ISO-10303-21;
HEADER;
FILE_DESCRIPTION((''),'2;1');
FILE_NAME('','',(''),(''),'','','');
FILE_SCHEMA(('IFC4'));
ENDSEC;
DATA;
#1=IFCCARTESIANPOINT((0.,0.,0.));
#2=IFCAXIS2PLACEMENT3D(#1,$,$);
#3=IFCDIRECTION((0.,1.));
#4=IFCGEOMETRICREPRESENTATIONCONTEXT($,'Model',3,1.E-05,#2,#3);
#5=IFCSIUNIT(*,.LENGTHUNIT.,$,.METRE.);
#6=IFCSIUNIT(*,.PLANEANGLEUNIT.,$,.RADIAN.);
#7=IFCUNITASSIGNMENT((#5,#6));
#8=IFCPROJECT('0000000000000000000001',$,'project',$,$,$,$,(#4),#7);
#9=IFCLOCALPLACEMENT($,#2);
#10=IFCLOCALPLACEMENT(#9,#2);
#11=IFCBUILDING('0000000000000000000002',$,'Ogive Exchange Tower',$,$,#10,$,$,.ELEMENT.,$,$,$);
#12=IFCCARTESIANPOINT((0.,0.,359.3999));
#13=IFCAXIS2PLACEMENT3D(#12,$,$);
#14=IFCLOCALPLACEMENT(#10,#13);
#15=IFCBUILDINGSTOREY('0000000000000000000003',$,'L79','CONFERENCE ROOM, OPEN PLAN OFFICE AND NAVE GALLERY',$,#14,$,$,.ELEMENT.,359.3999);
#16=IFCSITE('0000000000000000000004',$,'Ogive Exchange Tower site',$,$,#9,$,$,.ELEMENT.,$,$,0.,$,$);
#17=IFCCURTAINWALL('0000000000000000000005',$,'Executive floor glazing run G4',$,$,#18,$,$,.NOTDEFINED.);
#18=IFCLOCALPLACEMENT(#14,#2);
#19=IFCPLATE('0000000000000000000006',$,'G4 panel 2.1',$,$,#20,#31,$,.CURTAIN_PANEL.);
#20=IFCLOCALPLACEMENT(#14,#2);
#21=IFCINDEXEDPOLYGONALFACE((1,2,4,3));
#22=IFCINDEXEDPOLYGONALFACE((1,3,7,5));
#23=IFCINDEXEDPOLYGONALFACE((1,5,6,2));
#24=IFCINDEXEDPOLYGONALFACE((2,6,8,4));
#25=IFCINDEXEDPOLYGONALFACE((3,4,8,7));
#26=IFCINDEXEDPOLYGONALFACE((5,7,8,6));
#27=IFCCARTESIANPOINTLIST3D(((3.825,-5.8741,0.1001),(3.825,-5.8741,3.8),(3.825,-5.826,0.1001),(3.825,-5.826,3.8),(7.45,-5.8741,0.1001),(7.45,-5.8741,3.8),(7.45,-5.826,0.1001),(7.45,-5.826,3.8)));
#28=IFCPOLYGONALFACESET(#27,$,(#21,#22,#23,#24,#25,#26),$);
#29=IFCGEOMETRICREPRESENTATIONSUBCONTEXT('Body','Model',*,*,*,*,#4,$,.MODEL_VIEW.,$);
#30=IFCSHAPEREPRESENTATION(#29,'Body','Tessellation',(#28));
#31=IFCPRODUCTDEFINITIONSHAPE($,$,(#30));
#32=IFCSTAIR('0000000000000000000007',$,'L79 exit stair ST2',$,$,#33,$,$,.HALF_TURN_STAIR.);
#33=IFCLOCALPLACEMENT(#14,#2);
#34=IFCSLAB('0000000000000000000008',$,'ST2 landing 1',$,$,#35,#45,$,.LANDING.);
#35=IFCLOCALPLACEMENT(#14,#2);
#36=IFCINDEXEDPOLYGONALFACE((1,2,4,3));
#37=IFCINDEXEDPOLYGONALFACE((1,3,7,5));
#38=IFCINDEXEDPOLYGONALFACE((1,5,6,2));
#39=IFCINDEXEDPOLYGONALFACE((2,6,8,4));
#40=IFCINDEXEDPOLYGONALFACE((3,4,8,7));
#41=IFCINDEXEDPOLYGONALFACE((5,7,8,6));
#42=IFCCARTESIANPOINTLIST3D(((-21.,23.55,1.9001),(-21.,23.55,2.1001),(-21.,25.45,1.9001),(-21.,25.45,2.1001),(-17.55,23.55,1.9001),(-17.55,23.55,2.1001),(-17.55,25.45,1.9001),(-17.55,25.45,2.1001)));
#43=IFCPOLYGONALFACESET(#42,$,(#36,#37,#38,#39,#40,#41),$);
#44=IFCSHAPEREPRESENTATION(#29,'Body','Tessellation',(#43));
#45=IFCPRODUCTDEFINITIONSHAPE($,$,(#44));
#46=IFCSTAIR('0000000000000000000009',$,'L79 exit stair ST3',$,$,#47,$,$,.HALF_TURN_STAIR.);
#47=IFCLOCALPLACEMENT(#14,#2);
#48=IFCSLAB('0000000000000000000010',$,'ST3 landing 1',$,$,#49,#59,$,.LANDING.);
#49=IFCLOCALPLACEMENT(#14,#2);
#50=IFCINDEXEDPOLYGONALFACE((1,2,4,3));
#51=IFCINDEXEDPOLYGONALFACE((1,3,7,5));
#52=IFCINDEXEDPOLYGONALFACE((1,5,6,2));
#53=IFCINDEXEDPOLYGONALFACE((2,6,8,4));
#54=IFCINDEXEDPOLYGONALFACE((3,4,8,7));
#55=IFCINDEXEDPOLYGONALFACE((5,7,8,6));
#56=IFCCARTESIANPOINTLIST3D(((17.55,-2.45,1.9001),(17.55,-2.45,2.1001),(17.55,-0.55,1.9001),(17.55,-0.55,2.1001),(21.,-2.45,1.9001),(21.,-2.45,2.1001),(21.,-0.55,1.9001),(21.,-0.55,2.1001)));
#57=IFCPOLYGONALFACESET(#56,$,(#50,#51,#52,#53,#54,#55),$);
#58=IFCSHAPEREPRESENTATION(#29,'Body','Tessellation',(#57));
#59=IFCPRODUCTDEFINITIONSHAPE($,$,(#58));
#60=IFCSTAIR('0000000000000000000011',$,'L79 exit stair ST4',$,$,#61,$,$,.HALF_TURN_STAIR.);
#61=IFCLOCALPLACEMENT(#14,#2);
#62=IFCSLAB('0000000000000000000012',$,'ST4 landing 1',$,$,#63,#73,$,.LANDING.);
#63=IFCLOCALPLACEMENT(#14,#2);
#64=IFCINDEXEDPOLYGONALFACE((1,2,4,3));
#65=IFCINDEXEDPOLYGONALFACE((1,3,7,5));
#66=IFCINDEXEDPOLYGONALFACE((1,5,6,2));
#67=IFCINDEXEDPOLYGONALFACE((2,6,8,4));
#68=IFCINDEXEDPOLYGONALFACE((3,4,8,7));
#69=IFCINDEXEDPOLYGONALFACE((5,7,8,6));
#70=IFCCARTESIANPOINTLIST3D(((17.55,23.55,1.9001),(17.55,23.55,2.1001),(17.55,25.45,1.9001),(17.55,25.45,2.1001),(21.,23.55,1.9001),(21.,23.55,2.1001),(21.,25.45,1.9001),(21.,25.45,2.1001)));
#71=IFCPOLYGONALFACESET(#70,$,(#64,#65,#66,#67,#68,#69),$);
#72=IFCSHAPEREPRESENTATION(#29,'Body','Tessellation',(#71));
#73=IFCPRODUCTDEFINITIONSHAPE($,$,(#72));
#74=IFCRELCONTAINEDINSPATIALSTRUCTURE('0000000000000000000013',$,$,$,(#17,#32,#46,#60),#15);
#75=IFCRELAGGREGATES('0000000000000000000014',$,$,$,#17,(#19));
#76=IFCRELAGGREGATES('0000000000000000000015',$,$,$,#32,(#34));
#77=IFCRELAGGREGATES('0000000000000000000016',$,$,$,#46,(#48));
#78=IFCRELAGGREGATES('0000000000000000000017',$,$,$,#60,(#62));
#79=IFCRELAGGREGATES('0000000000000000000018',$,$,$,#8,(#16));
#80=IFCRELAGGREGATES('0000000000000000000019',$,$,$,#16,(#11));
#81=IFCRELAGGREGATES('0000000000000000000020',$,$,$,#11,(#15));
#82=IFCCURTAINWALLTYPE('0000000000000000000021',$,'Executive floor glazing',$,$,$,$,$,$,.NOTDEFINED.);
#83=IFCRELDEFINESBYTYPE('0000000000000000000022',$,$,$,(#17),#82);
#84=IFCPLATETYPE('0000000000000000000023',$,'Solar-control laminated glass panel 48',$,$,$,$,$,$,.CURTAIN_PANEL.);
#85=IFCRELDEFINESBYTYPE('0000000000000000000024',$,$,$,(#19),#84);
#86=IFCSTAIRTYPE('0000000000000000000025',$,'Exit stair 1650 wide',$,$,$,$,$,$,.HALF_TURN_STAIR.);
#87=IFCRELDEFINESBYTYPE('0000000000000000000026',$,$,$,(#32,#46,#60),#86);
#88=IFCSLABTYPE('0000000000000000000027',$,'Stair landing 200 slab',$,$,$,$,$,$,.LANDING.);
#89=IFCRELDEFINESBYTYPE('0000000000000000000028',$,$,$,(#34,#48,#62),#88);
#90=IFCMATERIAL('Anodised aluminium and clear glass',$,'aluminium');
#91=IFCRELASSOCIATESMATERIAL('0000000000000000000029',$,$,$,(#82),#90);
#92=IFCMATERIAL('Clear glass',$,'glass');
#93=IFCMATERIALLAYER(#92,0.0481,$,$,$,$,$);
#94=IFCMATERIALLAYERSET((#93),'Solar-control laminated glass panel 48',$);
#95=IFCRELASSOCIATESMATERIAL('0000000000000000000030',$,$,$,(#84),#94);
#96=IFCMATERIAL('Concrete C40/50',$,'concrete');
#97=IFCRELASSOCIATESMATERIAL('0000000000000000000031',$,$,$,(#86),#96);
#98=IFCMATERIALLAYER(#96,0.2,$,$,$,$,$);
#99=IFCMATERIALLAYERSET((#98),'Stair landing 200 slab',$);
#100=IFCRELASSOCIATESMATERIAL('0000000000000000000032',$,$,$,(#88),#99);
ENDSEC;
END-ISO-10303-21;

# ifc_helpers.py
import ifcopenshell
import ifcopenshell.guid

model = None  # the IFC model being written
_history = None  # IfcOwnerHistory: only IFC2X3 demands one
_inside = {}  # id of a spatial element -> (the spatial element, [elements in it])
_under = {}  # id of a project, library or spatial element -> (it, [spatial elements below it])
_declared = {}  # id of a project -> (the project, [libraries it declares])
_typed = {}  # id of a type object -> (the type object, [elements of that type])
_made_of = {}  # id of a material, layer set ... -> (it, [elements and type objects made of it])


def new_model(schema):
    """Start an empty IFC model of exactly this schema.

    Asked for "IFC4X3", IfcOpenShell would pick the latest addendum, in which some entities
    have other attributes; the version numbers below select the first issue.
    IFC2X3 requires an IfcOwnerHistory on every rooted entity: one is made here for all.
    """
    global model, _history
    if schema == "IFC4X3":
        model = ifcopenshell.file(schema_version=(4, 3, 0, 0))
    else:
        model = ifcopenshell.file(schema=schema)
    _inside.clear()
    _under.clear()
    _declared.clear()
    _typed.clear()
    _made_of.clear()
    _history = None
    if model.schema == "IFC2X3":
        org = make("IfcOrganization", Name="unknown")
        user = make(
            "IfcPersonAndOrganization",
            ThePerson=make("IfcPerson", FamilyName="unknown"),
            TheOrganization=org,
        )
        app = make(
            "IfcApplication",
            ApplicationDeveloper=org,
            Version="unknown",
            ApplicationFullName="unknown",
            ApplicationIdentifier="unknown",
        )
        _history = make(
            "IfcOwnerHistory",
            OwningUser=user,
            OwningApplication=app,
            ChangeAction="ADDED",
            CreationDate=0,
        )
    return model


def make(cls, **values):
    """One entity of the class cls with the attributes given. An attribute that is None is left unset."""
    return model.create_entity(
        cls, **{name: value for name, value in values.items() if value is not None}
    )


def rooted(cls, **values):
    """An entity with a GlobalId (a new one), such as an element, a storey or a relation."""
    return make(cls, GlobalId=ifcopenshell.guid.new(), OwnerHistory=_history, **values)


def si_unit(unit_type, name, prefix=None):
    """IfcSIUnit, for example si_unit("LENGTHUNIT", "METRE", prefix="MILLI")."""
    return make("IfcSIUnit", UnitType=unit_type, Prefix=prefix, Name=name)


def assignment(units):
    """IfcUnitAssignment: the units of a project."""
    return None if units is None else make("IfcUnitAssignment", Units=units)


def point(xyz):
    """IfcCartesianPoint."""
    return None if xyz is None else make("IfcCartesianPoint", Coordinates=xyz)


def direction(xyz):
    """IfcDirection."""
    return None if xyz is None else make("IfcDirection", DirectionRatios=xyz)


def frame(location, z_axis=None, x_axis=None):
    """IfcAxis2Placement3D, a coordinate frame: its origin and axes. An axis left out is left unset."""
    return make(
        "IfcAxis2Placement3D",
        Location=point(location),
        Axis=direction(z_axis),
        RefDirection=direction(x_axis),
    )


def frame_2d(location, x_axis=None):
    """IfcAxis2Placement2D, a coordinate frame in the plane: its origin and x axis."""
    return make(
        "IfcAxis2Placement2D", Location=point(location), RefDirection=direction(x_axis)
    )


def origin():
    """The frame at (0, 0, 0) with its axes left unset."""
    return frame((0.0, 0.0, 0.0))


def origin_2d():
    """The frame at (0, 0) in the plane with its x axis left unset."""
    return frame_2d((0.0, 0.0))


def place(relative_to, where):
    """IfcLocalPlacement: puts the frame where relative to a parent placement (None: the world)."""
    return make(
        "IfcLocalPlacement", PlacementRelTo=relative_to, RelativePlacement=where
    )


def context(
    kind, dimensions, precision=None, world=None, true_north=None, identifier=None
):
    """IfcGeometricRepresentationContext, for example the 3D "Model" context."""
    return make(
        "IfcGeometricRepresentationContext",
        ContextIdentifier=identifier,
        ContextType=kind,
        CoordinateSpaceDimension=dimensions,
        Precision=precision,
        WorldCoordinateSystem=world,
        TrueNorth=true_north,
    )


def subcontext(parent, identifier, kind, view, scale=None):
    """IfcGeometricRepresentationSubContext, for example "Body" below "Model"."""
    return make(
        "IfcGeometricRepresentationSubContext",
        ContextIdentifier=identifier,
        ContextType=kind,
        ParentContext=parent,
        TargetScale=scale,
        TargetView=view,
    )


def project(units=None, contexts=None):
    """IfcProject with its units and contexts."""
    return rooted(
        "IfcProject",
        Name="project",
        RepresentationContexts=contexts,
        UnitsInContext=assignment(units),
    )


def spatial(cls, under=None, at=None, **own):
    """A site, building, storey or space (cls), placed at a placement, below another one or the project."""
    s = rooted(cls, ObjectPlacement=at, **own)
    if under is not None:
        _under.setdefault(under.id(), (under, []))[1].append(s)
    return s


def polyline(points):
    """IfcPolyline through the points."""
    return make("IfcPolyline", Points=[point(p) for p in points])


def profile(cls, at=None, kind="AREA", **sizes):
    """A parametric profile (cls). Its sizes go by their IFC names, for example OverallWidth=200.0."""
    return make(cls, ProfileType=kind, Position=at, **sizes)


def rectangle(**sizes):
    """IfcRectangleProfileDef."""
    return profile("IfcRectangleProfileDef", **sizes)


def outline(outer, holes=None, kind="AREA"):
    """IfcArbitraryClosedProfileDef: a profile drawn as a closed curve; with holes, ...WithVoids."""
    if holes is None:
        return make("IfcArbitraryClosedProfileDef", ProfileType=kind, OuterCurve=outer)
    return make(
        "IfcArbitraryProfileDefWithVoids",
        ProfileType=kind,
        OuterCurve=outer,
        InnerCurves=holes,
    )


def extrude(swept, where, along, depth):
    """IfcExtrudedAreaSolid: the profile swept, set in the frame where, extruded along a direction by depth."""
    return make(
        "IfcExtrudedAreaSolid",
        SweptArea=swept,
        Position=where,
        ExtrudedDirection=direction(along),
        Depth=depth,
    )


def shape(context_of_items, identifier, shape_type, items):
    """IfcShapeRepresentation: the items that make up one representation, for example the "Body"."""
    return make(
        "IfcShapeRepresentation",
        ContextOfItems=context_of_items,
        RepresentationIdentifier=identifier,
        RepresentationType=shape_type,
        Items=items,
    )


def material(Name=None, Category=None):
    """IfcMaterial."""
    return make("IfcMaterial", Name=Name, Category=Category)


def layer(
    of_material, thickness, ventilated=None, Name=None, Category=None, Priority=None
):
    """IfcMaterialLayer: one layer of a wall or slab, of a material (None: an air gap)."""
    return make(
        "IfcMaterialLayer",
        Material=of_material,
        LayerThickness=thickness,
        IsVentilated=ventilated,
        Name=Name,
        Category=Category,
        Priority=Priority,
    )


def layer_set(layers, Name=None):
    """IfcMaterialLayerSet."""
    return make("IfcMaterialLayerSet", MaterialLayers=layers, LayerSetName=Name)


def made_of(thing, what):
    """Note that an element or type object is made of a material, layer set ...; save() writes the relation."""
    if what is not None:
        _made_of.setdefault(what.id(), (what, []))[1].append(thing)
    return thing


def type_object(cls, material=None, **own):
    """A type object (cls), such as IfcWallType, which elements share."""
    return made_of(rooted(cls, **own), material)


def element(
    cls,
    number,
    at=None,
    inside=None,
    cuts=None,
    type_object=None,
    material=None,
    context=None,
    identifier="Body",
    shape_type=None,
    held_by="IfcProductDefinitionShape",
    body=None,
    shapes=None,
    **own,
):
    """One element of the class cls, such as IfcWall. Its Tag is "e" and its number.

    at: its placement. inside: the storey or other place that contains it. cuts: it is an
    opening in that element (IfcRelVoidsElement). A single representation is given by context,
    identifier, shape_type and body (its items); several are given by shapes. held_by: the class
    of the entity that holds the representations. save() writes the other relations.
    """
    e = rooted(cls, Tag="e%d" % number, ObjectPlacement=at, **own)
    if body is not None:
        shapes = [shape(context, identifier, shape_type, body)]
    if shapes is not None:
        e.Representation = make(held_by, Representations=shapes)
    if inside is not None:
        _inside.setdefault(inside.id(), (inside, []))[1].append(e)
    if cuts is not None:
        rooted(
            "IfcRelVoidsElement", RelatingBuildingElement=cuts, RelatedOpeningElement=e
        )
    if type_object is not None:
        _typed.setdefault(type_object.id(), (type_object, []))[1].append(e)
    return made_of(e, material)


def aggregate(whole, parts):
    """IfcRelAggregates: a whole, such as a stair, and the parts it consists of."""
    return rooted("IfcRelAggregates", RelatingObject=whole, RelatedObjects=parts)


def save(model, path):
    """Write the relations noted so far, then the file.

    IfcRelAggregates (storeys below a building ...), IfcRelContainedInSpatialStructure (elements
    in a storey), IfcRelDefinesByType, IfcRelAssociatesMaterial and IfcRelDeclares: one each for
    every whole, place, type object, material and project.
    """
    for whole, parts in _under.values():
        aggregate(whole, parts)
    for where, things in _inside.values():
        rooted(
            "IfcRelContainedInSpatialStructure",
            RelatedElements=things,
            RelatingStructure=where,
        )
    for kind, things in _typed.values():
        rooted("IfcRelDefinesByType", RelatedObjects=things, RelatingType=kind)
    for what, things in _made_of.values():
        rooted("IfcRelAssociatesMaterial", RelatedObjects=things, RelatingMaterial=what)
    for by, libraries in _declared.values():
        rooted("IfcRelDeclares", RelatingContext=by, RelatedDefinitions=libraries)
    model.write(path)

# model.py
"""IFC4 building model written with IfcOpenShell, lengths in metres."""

from ifc_helpers import new_model, si_unit, direction, frame, origin, origin_2d, place, context, subcontext, project, spatial, polyline, rectangle, outline, extrude, material, layer, layer_set, type_object, element, aggregate, save


model = new_model("IFC4")

# Units and contexts
model_context = context("Model", 3, precision=1e-05, world=origin(), true_north=direction((0.0, 1.0)))
body_context = subcontext(model_context, "Body", "Model", "MODEL_VIEW")
ifc_project = project(units=[si_unit("LENGTHUNIT", "METRE"), si_unit("PLANEANGLEUNIT", "RADIAN")], contexts=[model_context])

# Site, building, storey
site_placement = place(None, origin())
site = spatial("IfcSite", under=ifc_project, at=site_placement, Name="Ogive Exchange Tower site", CompositionType="ELEMENT", RefElevation=0.0)
building_placement = place(site_placement, origin())
building = spatial("IfcBuilding", under=site, at=building_placement, Name="Ogive Exchange Tower", CompositionType="ELEMENT")
storey_placement = place(building_placement, frame((0.0, 0.0, 359.3999)))
storey = spatial("IfcBuildingStorey", under=building, at=storey_placement, Name="L79", Description="CONFERENCE ROOM, OPEN PLAN OFFICE AND NAVE GALLERY", CompositionType="ELEMENT", Elevation=359.3999)

# Curtain wall
ifc_material_1 = material(Name="Anodised aluminium and clear glass", Category="aluminium")
curtain_wall_type = type_object("IfcCurtainWallType", Name="Executive floor glazing", PredefinedType="NOTDEFINED", material=ifc_material_1)
curtain_wall_1_placement = place(storey_placement, origin())
curtain_wall_1 = element("IfcCurtainWall", 1, at=curtain_wall_1_placement, inside=storey, type_object=curtain_wall_type, Name="Executive floor glazing run G4", PredefinedType="NOTDEFINED")

# Plate
ifc_material_2 = material(Name="Clear glass", Category="glass")
ifc_layer_1 = layer(ifc_material_2, 0.0481)
ifc_layer_set_1 = layer_set([ifc_layer_1], Name="Solar-control laminated glass panel 48")
plate_type = type_object("IfcPlateType", Name="Solar-control laminated glass panel 48", PredefinedType="CURTAIN_PANEL", material=ifc_layer_set_1)
plate_1_placement = place(storey_placement, frame((5.6375, -5.8501, 0.1001), z_axis=(0.0, 0.0, 1.0), x_axis=(1.0, 0.0, 0.0)))
plate_1 = element("IfcPlate", 2, at=plate_1_placement, type_object=plate_type, Name="G4 panel 2.1", PredefinedType="CURTAIN_PANEL", context=body_context, shape_type="SweptSolid", body=[
    extrude(rectangle(XDim=3.625, YDim=0.0481, at=origin_2d()), origin(), (0.0, 0.0, 1.0), 3.7),
])
aggregate(curtain_wall_1, [plate_1])

# Stairs, slabs
ifc_material_3 = material(Name="Concrete C40/50", Category="concrete")
stair_type = type_object("IfcStairType", Name="Exit stair 1650 wide", PredefinedType="HALF_TURN_STAIR", material=ifc_material_3)
stair_1_placement = place(storey_placement, origin())
stair_1 = element("IfcStair", 3, at=stair_1_placement, inside=storey, type_object=stair_type, Name="L79 exit stair ST2", PredefinedType="HALF_TURN_STAIR")
ifc_layer_2 = layer(ifc_material_3, 0.2)
ifc_layer_set_2 = layer_set([ifc_layer_2], Name="Stair landing 200 slab")
slab_type = type_object("IfcSlabType", Name="Stair landing 200 slab", PredefinedType="LANDING", material=ifc_layer_set_2)
slab_1_placement = place(storey_placement, frame((0.0, 0.0, 1.9001)))
slab_1 = element("IfcSlab", 4, at=slab_1_placement, type_object=slab_type, Name="ST2 landing 1", PredefinedType="LANDING", context=body_context, shape_type="SweptSolid", body=[
    extrude(outline(polyline([(-17.55, 23.55), (-17.55, 25.45), (-21.0, 25.45), (-21.0, 23.55), (-17.55, 23.55)])), origin(), (0.0, 0.0, 1.0), 0.2),
])
aggregate(stair_1, [slab_1])
stair_2_placement = place(storey_placement, origin())
stair_2 = element("IfcStair", 5, at=stair_2_placement, inside=storey, type_object=stair_type, Name="L79 exit stair ST3", PredefinedType="HALF_TURN_STAIR")
slab_2_placement = place(storey_placement, frame((0.0, 0.0, 1.9001)))
slab_2 = element("IfcSlab", 6, at=slab_2_placement, type_object=slab_type, Name="ST3 landing 1", PredefinedType="LANDING", context=body_context, shape_type="SweptSolid", body=[
    extrude(outline(polyline([(17.55, -0.55), (17.55, -2.45), (21.0, -2.45), (21.0, -0.55), (17.55, -0.55)])), origin(), (0.0, 0.0, 1.0), 0.2),
])
aggregate(stair_2, [slab_2])
stair_3_placement = place(storey_placement, origin())
stair_3 = element("IfcStair", 7, at=stair_3_placement, inside=storey, type_object=stair_type, Name="L79 exit stair ST4", PredefinedType="HALF_TURN_STAIR")
slab_3_placement = place(storey_placement, frame((0.0, 0.0, 1.9001)))
slab_3 = element("IfcSlab", 8, at=slab_3_placement, type_object=slab_type, Name="ST4 landing 1", PredefinedType="LANDING", context=body_context, shape_type="SweptSolid", body=[
    extrude(outline(polyline([(21.0, 23.55), (21.0, 25.45), (17.55, 25.45), (17.55, 23.55), (21.0, 23.55)])), origin(), (0.0, 0.0, 1.0), 0.2),
])
aggregate(stair_3, [slab_3])

save(model, "model.ifc")
